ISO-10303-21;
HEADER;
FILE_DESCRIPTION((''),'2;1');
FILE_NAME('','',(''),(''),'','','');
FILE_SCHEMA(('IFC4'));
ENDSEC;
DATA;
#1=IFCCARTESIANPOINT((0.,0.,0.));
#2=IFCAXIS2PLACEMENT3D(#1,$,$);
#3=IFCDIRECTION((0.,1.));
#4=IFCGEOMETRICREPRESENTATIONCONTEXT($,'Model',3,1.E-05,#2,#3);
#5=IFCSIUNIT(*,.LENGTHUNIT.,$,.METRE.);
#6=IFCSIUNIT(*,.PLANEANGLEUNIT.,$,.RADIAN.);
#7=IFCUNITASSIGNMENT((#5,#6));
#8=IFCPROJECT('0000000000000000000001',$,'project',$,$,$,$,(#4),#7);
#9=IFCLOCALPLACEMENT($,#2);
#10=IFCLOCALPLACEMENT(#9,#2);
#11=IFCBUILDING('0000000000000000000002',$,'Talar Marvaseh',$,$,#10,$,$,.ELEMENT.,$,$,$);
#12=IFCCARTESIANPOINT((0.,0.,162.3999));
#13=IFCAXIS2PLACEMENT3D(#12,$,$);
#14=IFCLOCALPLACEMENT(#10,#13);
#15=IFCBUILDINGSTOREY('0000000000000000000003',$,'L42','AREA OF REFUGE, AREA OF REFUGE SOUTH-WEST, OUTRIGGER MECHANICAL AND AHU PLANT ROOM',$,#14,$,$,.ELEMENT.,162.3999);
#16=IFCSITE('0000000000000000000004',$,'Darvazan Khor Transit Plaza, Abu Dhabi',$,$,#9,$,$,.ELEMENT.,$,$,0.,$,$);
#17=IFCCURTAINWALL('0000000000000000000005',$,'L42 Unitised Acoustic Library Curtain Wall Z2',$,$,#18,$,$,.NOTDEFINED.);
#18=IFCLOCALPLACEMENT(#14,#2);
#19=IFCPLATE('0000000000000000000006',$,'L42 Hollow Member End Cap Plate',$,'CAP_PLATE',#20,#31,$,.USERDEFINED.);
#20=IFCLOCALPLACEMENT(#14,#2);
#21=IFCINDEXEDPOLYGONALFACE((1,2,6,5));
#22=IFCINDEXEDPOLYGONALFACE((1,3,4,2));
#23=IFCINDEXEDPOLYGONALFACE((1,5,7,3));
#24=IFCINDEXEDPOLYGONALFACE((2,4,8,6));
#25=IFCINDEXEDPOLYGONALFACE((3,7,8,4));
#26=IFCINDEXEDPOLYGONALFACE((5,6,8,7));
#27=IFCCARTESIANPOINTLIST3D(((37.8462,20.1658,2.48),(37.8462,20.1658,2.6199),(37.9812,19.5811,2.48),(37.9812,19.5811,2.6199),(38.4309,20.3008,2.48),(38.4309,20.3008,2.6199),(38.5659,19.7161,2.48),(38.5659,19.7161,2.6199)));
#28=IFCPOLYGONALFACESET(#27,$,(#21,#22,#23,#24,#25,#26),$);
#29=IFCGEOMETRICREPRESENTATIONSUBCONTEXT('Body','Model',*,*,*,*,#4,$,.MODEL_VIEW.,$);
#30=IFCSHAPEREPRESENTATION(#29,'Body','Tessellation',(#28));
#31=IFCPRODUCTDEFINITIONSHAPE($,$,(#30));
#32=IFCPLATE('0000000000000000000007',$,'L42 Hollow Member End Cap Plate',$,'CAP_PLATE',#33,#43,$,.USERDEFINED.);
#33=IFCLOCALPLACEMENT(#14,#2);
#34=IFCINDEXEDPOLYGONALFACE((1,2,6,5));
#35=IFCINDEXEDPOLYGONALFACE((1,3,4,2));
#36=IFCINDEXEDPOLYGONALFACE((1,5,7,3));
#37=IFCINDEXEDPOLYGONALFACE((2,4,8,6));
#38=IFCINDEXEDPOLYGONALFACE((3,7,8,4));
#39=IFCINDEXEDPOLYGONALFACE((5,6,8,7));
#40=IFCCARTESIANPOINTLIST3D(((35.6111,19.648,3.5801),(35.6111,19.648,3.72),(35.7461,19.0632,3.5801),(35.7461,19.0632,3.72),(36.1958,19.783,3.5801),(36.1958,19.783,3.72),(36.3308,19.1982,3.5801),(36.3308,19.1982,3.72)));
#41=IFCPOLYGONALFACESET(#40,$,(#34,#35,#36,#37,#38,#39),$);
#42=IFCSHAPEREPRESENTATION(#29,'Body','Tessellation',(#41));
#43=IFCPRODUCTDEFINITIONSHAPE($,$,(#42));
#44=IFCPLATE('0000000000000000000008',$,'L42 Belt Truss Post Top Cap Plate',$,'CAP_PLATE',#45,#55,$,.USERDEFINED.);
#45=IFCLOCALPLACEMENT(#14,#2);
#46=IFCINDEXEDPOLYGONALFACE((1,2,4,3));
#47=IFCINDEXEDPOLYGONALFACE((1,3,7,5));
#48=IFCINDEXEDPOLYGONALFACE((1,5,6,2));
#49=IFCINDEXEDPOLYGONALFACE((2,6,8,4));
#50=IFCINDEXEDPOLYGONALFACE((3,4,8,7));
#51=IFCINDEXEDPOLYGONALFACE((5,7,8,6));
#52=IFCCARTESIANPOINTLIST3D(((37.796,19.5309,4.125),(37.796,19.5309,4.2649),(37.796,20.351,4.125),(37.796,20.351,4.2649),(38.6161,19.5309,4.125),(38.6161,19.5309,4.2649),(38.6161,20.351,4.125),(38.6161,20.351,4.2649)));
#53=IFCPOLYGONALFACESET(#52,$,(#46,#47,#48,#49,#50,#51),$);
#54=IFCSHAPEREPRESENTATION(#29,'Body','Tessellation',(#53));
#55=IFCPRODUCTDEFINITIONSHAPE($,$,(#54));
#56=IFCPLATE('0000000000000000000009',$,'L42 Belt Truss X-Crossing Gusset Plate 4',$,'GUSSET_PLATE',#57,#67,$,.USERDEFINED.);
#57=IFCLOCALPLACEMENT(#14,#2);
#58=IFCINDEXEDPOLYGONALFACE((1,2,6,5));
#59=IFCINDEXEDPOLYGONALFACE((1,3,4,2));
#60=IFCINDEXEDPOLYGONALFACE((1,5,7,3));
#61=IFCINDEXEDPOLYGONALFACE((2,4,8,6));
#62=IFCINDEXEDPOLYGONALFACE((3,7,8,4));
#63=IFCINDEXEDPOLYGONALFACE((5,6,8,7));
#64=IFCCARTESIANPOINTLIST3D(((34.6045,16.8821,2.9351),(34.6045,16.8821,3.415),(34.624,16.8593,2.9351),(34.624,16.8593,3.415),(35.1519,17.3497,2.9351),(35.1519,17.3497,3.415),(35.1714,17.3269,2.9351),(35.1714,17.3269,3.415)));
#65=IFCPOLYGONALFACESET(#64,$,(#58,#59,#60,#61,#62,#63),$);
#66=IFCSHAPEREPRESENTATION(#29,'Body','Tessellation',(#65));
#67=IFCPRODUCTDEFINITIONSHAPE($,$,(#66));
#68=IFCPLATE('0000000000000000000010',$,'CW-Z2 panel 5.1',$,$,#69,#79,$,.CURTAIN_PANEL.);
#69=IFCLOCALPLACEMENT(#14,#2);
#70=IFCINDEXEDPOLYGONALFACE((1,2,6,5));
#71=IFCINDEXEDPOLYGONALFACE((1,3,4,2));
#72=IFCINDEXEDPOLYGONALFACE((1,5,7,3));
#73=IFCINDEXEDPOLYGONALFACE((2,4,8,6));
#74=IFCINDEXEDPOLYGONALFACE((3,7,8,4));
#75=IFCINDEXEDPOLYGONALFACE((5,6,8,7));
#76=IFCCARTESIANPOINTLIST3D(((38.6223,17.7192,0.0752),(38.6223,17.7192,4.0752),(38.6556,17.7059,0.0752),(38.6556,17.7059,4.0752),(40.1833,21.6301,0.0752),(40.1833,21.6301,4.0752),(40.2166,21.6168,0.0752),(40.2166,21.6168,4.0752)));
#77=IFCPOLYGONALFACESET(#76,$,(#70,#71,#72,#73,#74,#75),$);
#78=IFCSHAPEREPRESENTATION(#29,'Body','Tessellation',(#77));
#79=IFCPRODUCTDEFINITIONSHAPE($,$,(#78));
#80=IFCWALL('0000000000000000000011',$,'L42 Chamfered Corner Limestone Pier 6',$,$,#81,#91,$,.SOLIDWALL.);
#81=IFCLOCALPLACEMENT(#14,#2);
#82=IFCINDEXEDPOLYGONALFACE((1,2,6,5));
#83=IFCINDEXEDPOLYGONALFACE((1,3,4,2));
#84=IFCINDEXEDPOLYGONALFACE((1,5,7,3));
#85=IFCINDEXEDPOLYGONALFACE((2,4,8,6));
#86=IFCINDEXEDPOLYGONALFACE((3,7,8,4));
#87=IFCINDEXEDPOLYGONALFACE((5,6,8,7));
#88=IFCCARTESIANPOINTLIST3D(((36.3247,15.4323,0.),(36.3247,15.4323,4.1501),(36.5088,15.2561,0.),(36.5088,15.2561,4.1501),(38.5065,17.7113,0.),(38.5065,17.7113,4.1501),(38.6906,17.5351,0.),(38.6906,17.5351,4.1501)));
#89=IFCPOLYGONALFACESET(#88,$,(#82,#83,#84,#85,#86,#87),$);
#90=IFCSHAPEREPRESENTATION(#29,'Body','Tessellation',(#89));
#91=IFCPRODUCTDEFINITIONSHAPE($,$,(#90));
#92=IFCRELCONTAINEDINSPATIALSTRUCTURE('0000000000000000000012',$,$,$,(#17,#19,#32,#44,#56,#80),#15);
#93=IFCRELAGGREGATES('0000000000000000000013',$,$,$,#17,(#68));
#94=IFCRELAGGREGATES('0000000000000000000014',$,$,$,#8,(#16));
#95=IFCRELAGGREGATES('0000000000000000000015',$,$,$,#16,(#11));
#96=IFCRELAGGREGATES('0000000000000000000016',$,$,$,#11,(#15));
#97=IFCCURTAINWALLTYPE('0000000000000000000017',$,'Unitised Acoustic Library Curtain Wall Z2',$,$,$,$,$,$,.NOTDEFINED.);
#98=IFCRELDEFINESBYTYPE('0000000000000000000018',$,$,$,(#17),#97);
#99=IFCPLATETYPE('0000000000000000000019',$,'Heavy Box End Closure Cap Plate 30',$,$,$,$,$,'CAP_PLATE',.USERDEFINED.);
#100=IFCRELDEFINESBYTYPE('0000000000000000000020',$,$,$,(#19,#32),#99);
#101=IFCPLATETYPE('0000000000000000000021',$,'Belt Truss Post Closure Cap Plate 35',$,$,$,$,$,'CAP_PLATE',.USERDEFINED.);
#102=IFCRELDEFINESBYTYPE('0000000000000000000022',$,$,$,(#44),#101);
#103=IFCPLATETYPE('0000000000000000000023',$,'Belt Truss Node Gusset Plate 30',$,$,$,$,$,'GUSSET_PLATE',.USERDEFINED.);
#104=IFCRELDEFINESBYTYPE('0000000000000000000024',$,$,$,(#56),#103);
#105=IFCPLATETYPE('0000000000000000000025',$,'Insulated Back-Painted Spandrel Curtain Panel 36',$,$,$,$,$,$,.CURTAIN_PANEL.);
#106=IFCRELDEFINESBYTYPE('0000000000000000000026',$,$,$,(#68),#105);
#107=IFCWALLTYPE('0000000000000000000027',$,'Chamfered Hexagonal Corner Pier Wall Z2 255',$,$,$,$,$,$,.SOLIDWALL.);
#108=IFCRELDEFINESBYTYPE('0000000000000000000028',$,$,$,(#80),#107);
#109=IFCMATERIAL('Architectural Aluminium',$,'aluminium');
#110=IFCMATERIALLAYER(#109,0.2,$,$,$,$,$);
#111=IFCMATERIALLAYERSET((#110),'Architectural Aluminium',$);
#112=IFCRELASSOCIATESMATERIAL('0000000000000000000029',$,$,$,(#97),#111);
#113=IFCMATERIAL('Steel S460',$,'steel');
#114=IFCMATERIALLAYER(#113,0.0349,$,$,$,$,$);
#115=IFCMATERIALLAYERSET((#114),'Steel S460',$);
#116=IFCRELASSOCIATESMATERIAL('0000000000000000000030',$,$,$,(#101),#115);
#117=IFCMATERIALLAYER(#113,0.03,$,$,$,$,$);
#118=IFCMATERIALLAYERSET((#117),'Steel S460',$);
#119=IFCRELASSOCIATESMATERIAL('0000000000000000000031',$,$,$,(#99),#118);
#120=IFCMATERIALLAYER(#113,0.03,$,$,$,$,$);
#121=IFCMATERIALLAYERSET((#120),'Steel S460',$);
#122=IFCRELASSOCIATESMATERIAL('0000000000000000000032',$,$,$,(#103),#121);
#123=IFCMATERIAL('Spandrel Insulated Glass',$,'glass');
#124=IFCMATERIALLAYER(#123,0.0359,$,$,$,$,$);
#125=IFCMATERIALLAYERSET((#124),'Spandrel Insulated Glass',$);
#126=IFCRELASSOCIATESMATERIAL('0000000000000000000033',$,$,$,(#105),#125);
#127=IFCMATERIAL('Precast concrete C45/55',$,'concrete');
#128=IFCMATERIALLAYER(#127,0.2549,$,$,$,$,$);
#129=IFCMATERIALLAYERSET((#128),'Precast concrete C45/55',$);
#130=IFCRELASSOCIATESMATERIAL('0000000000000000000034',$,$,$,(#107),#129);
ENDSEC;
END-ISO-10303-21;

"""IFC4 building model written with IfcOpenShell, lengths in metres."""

from ifc_helpers import new_model, si_unit, direction, frame, frame_2d, origin, origin_2d, place, context, subcontext, project, spatial, rectangle, extrude, source, transform, mapped, material, layer, layer_set, type_object, type_shapes, element, aggregate, save


model = new_model("IFC4")

# Units and contexts
model_context = context("Model", 3, precision=1e-05, world=origin(), true_north=direction((0.0, 1.0)))
body_context = subcontext(model_context, "Body", "Model", "MODEL_VIEW")
ifc_project = project(units=[si_unit("LENGTHUNIT", "METRE"), si_unit("PLANEANGLEUNIT", "RADIAN")], contexts=[model_context])

# Site, building, storey
site_placement = place(None, origin())
site = spatial("IfcSite", under=ifc_project, at=site_placement, Name="Darvazan Khor Transit Plaza, Abu Dhabi", CompositionType="ELEMENT", RefElevation=0.0)
building_placement = place(site_placement, origin())
building = spatial("IfcBuilding", under=site, at=building_placement, Name="Talar Marvaseh", CompositionType="ELEMENT")
storey_placement = place(building_placement, frame((0.0, 0.0, 162.3999)))
storey = spatial("IfcBuildingStorey", under=building, at=storey_placement, Name="L42", Description="AREA OF REFUGE, AREA OF REFUGE SOUTH-WEST, OUTRIGGER MECHANICAL AND AHU PLANT ROOM", CompositionType="ELEMENT", Elevation=162.3999)

# Shared definitions
ifc_material_1 = material(Name="Steel S460", Category="steel")

# Curtain wall
ifc_material_2 = material(Name="Architectural Aluminium", Category="aluminium")
ifc_layer_1 = layer(ifc_material_2, 0.2)
ifc_layer_set_1 = layer_set([ifc_layer_1], Name="Architectural Aluminium")
curtain_wall_type = type_object("IfcCurtainWallType", Name="Unitised Acoustic Library Curtain Wall Z2", PredefinedType="NOTDEFINED", material=ifc_layer_set_1)
curtain_wall_1_placement = place(storey_placement, origin())
curtain_wall_1 = element("IfcCurtainWall", 1, at=curtain_wall_1_placement, inside=storey, type_object=curtain_wall_type, Name="L42 Unitised Acoustic Library Curtain Wall Z2", PredefinedType="NOTDEFINED")

# Plates
ifc_layer_2 = layer(ifc_material_1, 0.0349)
ifc_layer_set_2 = layer_set([ifc_layer_2], Name="Steel S460")
plate_type_1 = type_object("IfcPlateType", Name="Belt Truss Post Closure Cap Plate 35", ElementType="CAP_PLATE", PredefinedType="USERDEFINED", material=ifc_layer_set_2)
ifc_layer_3 = layer(ifc_material_1, 0.03)
ifc_layer_set_3 = layer_set([ifc_layer_3], Name="Steel S460")
plate_type_2 = type_object("IfcPlateType", Name="Heavy Box End Closure Cap Plate 30", ElementType="CAP_PLATE", PredefinedType="USERDEFINED", material=ifc_layer_set_3)
shared_shape_1 = source(origin(), body_context, "Body", "SweptSolid", [
    extrude(rectangle(XDim=0.6001, YDim=0.6001, at=origin_2d()), origin(), (0.0, 0.0, 1.0), 0.1399),
])
type_shapes(plate_type_2, [shared_shape_1])
for number, where, z_axis, x_axis, name in (
    (2, (38.2061, 19.9409, 2.48), (0.0, 0.0, 1.0), (-0.97437, -0.224951, 0.0), "L42 Hollow Member End Cap Plate"),
    (3, (35.9709, 19.4231, 3.5801), (0.0, 0.0, 1.0), (-0.97437, -0.224951, 0.0), "L42 Hollow Member End Cap Plate"),
):
    element("IfcPlate", number, at=place(storey_placement, frame(where, z_axis=z_axis, x_axis=x_axis)), inside=storey, type_object=plate_type_2, Name=name, ObjectType="CAP_PLATE", PredefinedType="USERDEFINED", context=body_context, shape_type="MappedRepresentation", body=[
        mapped(shared_shape_1, transform((0.0, 0.0, 0.0), x_axis=(1.0, 0.0, 0.0), y_axis=(0.0, 1.0, 0.0), z_axis=(0.0, 0.0, 1.0), scale=1.0)),
    ])
shared_shape_2 = source(origin(), body_context, "Body", "SweptSolid", [
    extrude(rectangle(XDim=0.8201, YDim=0.8201, at=origin_2d()), origin(), (0.0, 0.0, 1.0), 0.1399),
])
plate_1_placement = place(storey_placement, frame((38.2061, 19.9409, 4.125), z_axis=(0.0, 0.0, 1.0), x_axis=(1.0, 0.0, 0.0)))
element("IfcPlate", 4, at=plate_1_placement, inside=storey, type_object=plate_type_1, Name="L42 Belt Truss Post Top Cap Plate", ObjectType="CAP_PLATE", PredefinedType="USERDEFINED", context=body_context, shape_type="MappedRepresentation", body=[
    mapped(shared_shape_2, transform((0.0, 0.0, 0.0), x_axis=(1.0, 0.0, 0.0), y_axis=(0.0, 1.0, 0.0), z_axis=(0.0, 0.0, 1.0), scale=1.0)),
])
ifc_layer_4 = layer(ifc_material_1, 0.03)
ifc_layer_set_4 = layer_set([ifc_layer_4], Name="Steel S460")
plate_type_3 = type_object("IfcPlateType", Name="Belt Truss Node Gusset Plate 30", ElementType="GUSSET_PLATE", PredefinedType="USERDEFINED", material=ifc_layer_set_4)
shared_shape_3 = source(origin(), body_context, "Body", "SweptSolid", [
    extrude(rectangle(XDim=0.72, YDim=0.03, at=origin_2d()), origin(), (0.0, 0.0, 1.0), 0.48),
])
type_shapes(plate_type_3, [shared_shape_3])
plate_2_placement = place(storey_placement, frame((34.8879, 17.1045, 2.9351), z_axis=(0.0, 0.0, 1.0), x_axis=(-0.760406, -0.649448, 0.0)))
element("IfcPlate", 5, at=plate_2_placement, inside=storey, type_object=plate_type_3, Name="L42 Belt Truss X-Crossing Gusset Plate 4", ObjectType="GUSSET_PLATE", PredefinedType="USERDEFINED", context=body_context, shape_type="MappedRepresentation", body=[
    mapped(shared_shape_3, transform((0.0, 0.0, 0.0), x_axis=(1.0, 0.0, 0.0), y_axis=(0.0, 1.0, 0.0), z_axis=(0.0, 0.0, 1.0), scale=1.0)),
])

# Plate
ifc_material_3 = material(Name="Spandrel Insulated Glass", Category="glass")
ifc_layer_5 = layer(ifc_material_3, 0.0359)
ifc_layer_set_5 = layer_set([ifc_layer_5], Name="Spandrel Insulated Glass")
plate_type_4 = type_object("IfcPlateType", Name="Insulated Back-Painted Spandrel Curtain Panel 36", PredefinedType="CURTAIN_PANEL", material=ifc_layer_set_5)
shared_shape_4 = source(origin(), body_context, "Body", "SweptSolid", [
    extrude(rectangle(XDim=4.2109, YDim=0.0359, at=origin_2d()), origin(), (0.0, 0.0, 1.0), 4.0),
])
type_shapes(plate_type_4, [shared_shape_4])
plate_3_placement = place(storey_placement, frame((39.4194, 19.668, 0.0752), z_axis=(0.0, 0.0, 1.0), x_axis=(-0.370702, -0.928752, 0.0)))
plate_3 = element("IfcPlate", 6, at=plate_3_placement, type_object=plate_type_4, Name="CW-Z2 panel 5.1", PredefinedType="CURTAIN_PANEL", context=body_context, shape_type="MappedRepresentation", body=[
    mapped(shared_shape_4, transform((0.0, 0.0, 0.0), x_axis=(1.0, 0.0, 0.0), y_axis=(0.0, 1.0, 0.0), z_axis=(0.0, 0.0, 1.0), scale=1.0)),
])
aggregate(curtain_wall_1, [plate_3])

# Wall
ifc_material_4 = material(Name="Precast concrete C45/55", Category="concrete")
ifc_layer_6 = layer(ifc_material_4, 0.2549)
ifc_layer_set_6 = layer_set([ifc_layer_6], Name="Precast concrete C45/55")
wall_type = type_object("IfcWallType", Name="Chamfered Hexagonal Corner Pier Wall Z2 255", PredefinedType="SOLIDWALL", material=ifc_layer_set_6)
wall_placement = place(storey_placement, frame((38.5986, 17.6233, 0.0), z_axis=(0.0, 0.0, 1.0), x_axis=(-0.691541, -0.722338, 0.0)))
element("IfcWall", 7, at=wall_placement, inside=storey, type_object=wall_type, Name="L42 Chamfered Corner Limestone Pier 6", PredefinedType="SOLIDWALL", context=body_context, shape_type="SweptSolid", body=[
    extrude(rectangle(XDim=3.155, YDim=0.2549, at=frame_2d((1.5776, 0.0))), origin(), (0.0, 0.0, 1.0), 4.1501),
])

save(model, "model.ifc")
